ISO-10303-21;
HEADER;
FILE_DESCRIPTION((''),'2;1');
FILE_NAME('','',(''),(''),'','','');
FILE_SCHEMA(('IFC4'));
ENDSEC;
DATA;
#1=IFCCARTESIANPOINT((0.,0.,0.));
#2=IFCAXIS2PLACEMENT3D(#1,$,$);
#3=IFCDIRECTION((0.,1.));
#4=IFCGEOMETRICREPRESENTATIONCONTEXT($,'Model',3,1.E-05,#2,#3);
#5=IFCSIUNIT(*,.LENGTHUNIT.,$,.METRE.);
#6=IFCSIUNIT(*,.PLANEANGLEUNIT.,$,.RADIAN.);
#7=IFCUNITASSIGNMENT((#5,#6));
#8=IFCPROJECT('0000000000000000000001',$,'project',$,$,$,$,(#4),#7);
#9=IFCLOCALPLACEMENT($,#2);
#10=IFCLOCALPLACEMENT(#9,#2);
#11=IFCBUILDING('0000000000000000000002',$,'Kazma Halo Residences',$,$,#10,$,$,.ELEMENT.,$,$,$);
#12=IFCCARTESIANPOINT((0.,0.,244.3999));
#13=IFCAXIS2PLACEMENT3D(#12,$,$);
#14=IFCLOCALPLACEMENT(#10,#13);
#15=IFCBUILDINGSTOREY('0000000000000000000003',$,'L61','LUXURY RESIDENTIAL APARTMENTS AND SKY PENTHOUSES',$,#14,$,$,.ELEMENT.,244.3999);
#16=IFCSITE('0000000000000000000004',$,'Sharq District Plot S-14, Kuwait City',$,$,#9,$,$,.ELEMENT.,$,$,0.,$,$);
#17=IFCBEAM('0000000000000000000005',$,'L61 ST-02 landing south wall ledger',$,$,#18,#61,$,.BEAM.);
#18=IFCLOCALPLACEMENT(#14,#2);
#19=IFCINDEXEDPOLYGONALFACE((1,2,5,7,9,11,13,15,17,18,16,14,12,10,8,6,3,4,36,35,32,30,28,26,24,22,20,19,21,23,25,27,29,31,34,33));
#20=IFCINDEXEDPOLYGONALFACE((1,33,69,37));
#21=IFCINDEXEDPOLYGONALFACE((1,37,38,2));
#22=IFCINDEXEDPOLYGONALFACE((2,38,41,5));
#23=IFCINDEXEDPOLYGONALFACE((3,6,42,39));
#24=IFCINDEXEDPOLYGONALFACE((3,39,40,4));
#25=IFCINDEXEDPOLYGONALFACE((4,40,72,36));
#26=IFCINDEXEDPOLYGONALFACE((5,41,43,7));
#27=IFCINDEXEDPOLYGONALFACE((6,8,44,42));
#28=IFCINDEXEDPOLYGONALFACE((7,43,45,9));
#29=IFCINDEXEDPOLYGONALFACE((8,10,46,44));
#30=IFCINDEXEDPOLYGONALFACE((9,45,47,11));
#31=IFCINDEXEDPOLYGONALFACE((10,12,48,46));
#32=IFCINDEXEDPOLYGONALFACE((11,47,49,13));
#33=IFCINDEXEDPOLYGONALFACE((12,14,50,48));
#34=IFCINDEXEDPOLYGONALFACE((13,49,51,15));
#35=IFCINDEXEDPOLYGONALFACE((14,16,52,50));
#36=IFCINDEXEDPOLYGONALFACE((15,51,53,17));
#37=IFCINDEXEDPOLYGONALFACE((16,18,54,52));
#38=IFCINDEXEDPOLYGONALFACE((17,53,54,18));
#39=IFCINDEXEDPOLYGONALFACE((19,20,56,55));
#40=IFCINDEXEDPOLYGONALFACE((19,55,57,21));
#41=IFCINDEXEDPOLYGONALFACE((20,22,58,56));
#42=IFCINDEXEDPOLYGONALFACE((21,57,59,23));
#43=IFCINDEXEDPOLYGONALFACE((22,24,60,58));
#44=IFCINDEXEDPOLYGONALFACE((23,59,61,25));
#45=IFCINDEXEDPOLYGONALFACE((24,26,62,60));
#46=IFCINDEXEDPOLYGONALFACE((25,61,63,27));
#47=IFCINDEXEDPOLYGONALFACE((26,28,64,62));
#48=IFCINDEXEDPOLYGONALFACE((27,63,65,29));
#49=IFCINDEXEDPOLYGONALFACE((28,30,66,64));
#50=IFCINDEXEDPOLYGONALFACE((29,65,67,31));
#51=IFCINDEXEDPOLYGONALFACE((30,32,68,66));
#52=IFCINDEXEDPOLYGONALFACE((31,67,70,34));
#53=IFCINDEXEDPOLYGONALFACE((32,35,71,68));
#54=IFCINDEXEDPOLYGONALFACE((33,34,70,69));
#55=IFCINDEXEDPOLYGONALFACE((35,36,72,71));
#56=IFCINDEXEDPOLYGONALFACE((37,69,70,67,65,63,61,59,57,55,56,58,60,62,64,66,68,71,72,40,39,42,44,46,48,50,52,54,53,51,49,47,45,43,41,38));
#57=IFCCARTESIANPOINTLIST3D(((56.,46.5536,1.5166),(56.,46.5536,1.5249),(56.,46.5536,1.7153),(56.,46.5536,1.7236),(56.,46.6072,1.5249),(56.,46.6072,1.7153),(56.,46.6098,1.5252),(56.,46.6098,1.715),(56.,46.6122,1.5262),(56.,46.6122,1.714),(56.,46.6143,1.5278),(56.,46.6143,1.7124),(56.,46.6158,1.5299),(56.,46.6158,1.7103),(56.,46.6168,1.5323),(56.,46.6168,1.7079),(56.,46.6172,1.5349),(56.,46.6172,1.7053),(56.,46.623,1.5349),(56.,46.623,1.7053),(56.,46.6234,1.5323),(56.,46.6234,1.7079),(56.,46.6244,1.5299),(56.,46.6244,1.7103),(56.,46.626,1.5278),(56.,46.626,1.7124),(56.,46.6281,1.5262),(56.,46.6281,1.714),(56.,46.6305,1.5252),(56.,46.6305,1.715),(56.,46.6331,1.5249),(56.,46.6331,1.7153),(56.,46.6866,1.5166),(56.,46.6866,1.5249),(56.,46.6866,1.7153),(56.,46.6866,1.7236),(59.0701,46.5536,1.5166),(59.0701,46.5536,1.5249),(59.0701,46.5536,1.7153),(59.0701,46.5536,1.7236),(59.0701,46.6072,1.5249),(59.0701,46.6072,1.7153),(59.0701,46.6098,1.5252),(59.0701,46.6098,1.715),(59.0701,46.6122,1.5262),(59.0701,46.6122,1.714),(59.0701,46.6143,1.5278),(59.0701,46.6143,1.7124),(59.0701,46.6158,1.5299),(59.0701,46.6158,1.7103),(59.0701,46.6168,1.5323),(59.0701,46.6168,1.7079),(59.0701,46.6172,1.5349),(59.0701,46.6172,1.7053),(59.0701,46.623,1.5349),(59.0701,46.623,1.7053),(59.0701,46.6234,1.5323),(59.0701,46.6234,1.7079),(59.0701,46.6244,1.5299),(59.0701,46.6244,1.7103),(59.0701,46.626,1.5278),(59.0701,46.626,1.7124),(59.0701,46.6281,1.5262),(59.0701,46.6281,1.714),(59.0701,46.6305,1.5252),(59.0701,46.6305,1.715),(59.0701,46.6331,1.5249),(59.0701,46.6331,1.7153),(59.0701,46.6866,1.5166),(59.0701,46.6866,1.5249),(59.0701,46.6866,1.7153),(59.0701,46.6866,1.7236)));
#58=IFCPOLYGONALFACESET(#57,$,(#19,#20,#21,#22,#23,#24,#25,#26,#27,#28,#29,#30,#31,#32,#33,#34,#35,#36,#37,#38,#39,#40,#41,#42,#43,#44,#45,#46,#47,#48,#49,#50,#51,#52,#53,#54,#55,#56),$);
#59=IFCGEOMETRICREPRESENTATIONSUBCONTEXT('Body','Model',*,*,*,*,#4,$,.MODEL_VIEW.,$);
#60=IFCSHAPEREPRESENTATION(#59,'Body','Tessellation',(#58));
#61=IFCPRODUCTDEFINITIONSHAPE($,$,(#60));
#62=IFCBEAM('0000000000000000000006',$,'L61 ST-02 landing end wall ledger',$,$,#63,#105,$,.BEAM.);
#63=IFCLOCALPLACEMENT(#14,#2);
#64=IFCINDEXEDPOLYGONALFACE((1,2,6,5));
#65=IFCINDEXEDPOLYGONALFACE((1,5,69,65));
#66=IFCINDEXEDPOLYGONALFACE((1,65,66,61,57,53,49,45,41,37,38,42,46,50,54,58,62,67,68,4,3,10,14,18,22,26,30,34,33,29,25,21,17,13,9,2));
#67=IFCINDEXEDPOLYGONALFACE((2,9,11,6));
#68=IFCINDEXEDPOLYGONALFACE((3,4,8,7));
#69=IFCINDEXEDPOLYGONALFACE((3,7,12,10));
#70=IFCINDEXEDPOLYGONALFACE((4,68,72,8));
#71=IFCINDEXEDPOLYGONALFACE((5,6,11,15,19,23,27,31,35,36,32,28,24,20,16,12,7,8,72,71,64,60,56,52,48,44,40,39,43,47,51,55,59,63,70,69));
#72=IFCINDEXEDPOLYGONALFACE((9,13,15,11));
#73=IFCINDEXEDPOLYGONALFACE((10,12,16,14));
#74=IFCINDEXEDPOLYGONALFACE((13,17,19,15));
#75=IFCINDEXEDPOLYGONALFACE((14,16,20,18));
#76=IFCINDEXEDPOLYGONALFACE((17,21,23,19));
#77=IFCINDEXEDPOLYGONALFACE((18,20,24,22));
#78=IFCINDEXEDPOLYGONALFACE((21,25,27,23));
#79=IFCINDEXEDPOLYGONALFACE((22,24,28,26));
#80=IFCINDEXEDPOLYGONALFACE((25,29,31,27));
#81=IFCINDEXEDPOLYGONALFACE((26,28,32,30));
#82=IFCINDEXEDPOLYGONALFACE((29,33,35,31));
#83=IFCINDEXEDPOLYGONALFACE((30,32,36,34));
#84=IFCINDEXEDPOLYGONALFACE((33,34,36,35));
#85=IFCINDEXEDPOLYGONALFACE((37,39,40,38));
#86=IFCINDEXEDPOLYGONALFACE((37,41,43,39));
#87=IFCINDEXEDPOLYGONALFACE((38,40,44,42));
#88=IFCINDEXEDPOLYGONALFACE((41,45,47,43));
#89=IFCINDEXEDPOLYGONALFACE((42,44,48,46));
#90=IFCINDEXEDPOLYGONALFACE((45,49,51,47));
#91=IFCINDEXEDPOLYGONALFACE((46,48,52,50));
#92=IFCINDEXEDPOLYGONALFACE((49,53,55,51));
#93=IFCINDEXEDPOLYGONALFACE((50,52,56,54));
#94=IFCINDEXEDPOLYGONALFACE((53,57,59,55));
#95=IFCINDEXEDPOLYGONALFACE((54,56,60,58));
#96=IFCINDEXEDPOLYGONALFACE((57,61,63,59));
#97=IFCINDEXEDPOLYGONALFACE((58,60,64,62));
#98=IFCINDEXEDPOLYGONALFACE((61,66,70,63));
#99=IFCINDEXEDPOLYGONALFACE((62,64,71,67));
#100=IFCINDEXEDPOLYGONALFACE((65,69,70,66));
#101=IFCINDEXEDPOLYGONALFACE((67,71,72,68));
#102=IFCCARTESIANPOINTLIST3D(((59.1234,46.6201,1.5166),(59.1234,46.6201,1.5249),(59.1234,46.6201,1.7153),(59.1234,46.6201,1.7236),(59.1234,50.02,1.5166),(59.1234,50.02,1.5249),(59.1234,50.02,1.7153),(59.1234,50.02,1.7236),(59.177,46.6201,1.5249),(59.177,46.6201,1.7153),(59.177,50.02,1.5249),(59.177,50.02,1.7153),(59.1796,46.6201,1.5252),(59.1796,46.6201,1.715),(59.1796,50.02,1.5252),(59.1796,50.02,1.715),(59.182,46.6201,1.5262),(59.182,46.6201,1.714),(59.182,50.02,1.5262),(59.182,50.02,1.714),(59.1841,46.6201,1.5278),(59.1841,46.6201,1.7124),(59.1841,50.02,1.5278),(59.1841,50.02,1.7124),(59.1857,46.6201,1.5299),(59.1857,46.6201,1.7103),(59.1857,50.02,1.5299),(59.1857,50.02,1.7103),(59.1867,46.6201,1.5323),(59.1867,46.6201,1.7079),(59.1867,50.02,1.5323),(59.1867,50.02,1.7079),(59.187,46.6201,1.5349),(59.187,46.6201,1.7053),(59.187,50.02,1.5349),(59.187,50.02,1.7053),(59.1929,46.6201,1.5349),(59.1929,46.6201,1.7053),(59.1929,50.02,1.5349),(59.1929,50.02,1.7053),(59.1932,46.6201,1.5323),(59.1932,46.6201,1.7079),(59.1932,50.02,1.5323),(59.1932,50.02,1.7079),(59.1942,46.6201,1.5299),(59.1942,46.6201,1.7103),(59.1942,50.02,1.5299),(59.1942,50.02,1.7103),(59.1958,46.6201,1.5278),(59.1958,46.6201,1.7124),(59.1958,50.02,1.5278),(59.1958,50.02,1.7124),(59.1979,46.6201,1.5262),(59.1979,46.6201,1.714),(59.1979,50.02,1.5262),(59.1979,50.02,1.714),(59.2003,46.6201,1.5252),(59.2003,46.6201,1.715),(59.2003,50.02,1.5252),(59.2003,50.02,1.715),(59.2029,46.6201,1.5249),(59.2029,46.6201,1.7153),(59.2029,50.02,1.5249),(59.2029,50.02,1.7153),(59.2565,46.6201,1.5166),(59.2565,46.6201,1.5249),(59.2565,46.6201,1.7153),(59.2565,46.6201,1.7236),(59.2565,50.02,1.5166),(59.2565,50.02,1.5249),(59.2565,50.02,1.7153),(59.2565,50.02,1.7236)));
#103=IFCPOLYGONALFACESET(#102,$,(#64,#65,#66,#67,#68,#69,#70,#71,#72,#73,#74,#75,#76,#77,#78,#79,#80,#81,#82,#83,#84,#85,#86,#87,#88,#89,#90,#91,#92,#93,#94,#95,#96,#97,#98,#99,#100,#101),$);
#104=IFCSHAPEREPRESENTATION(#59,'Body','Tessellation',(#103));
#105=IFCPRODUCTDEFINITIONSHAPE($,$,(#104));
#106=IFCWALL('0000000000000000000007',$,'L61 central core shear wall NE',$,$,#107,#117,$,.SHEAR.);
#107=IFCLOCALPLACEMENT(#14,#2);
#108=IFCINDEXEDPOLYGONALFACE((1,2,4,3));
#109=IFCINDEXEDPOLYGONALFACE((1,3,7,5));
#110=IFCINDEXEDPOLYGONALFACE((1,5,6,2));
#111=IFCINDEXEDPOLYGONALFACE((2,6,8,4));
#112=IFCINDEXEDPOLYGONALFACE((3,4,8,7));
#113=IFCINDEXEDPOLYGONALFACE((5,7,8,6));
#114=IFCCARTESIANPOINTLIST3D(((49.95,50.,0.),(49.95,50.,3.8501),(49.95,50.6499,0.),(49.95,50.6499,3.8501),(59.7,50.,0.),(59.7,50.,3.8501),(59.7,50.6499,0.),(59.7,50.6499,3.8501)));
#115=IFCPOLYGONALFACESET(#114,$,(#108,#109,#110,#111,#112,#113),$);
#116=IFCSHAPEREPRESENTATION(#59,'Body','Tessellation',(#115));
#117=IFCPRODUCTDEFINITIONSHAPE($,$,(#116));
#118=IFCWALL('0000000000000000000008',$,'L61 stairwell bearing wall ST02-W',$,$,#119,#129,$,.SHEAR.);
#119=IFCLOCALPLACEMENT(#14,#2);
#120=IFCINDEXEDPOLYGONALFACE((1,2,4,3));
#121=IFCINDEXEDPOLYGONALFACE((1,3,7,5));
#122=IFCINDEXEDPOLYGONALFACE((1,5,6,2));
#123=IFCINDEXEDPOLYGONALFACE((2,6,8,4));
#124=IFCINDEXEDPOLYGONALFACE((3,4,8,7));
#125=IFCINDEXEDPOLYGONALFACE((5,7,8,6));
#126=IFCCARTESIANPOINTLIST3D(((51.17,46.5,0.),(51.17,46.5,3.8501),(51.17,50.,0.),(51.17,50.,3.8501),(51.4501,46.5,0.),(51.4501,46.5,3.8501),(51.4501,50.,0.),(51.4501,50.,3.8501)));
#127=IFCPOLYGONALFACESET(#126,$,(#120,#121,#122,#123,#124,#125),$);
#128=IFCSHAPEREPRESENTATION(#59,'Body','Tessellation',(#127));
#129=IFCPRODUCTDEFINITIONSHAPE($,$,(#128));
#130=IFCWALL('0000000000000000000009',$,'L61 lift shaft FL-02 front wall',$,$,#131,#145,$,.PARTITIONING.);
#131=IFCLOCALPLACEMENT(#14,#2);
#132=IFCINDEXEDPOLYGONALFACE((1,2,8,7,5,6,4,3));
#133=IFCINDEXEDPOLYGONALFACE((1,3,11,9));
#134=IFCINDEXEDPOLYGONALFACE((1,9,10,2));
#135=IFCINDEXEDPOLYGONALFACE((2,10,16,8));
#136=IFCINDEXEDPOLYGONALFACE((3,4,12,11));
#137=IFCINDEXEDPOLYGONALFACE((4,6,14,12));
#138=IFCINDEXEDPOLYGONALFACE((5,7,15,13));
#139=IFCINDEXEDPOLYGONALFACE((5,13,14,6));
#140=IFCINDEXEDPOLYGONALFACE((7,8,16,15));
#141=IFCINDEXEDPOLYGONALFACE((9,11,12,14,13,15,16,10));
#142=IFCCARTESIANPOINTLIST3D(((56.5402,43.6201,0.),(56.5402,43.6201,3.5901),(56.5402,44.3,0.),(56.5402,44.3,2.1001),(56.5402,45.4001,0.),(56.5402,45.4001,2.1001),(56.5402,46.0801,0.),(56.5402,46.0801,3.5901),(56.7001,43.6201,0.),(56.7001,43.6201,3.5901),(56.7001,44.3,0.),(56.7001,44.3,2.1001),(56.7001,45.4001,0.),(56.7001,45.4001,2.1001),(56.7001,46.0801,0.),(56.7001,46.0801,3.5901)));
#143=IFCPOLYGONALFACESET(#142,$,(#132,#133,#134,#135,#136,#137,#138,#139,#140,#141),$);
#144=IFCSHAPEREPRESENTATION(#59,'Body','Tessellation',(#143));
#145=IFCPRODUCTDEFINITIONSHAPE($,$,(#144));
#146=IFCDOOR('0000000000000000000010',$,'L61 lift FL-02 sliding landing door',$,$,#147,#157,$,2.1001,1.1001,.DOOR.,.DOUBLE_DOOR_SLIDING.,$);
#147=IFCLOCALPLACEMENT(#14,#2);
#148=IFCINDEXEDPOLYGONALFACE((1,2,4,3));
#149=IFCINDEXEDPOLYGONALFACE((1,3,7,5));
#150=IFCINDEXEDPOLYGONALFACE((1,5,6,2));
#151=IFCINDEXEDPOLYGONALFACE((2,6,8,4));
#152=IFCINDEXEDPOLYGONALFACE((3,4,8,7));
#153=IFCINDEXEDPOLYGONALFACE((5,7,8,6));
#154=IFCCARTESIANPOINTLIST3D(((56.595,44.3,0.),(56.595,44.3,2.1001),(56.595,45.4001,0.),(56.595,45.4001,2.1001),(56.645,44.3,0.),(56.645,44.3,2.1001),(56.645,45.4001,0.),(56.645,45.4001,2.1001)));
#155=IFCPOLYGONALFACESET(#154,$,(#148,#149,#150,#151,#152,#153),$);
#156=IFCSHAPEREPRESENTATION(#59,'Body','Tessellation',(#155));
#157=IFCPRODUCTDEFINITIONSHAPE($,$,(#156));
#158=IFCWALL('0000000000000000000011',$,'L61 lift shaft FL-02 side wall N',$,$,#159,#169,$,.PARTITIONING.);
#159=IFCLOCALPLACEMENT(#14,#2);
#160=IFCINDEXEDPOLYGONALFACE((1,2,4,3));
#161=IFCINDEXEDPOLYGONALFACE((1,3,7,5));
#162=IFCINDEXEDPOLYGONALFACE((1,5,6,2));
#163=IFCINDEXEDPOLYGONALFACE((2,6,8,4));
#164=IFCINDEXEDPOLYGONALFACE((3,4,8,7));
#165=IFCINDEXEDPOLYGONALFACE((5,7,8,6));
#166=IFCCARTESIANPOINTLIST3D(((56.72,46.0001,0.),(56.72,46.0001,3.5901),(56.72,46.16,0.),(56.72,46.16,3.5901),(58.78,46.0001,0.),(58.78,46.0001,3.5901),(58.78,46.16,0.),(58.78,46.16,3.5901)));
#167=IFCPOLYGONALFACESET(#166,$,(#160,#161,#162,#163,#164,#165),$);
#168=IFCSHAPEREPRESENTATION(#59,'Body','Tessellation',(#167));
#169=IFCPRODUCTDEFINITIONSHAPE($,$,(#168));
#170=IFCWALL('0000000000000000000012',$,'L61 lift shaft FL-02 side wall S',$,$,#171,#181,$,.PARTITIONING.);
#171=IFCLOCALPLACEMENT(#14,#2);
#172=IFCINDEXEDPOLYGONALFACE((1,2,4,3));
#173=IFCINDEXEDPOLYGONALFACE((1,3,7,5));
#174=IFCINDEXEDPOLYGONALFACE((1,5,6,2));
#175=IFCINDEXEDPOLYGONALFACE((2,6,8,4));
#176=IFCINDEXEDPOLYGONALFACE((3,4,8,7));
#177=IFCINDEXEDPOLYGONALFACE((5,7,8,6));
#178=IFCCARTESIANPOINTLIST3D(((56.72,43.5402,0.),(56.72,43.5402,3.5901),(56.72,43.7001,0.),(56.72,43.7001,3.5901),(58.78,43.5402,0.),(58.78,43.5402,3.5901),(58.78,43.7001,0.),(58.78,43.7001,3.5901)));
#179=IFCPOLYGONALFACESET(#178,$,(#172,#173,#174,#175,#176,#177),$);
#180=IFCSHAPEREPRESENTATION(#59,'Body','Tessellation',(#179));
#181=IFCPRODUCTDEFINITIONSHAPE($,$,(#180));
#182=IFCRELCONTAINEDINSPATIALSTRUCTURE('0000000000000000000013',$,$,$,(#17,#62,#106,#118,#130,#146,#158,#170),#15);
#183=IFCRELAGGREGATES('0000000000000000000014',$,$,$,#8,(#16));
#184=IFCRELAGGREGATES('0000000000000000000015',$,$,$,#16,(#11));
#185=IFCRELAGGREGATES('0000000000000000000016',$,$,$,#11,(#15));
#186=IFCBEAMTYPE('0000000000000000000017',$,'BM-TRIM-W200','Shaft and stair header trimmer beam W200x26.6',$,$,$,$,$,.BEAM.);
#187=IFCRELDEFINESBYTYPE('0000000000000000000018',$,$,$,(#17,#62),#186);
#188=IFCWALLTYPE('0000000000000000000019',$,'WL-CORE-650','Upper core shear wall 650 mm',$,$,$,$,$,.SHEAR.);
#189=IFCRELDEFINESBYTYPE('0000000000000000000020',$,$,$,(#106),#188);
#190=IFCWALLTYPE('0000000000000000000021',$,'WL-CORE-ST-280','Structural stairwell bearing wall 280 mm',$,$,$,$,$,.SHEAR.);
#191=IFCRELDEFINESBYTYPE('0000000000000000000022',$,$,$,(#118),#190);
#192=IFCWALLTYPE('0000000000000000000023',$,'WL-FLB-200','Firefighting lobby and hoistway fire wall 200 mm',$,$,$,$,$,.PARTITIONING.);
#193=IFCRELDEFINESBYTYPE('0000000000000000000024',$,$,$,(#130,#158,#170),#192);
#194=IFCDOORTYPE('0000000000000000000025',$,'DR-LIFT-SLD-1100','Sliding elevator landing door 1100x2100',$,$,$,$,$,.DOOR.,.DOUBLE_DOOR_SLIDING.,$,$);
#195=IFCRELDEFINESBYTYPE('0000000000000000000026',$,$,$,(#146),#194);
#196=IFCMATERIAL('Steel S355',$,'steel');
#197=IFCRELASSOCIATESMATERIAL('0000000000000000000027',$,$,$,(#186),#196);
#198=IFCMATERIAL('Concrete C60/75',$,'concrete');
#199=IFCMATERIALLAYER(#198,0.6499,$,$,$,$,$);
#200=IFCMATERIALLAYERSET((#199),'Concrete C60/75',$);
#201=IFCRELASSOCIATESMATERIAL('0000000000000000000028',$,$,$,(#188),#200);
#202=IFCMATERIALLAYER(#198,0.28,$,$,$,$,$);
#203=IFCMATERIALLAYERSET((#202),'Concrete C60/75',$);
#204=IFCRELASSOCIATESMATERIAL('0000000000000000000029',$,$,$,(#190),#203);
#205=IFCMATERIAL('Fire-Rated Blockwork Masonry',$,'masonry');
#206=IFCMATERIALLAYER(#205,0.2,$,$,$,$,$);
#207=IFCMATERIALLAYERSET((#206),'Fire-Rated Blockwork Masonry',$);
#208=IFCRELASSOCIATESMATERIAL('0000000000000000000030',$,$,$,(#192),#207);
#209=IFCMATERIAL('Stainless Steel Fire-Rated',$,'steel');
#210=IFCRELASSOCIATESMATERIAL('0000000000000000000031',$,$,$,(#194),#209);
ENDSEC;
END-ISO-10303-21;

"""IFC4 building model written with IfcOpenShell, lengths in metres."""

from ifc_helpers import new_model, si_unit, direction, frame, frame_2d, origin, origin_2d, place, context, subcontext, project, spatial, rectangle, i_section, extrude, material, layer, layer_set, material_profile, profile_set, type_object, element, fill, save


model = new_model("IFC4")

# Units and contexts
model_context = context("Model", 3, precision=1e-05, world=origin(), true_north=direction((0.0, 1.0)))
body_context = subcontext(model_context, "Body", "Model", "MODEL_VIEW")
ifc_project = project(units=[si_unit("LENGTHUNIT", "METRE"), si_unit("PLANEANGLEUNIT", "RADIAN")], contexts=[model_context])

# Site, building, storey
site_placement = place(None, origin())
site = spatial("IfcSite", under=ifc_project, at=site_placement, Name="Sharq District Plot S-14, Kuwait City", CompositionType="ELEMENT", RefElevation=0.0)
building_placement = place(site_placement, origin())
building = spatial("IfcBuilding", under=site, at=building_placement, Name="Kazma Halo Residences", CompositionType="ELEMENT")
storey_placement = place(building_placement, frame((0.0, 0.0, 244.3999)))
storey = spatial("IfcBuildingStorey", under=building, at=storey_placement, Name="L61", Description="LUXURY RESIDENTIAL APARTMENTS AND SKY PENTHOUSES", CompositionType="ELEMENT", Elevation=244.3999)

# Shared definitions
ifc_material_1 = material(Name="Steel S355", Category="steel")

# Beams
ifc_material_profile_1 = material_profile(ifc_material_1, i_section(OverallWidth=0.1331, OverallDepth=0.207, WebThickness=0.0059, FlangeThickness=0.0083, FilletRadius=0.01, at=origin_2d()), Name="W200x26.6")
ifc_profile_set_1 = profile_set([ifc_material_profile_1], Name="Steel S355")
beam_type_1 = type_object("IfcBeamType", Name="BM-TRIM-W200", Description="Shaft and stair header trimmer beam W200x26.6", PredefinedType="BEAM", material=ifc_profile_set_1)
beam_1_placement = place(storey_placement, frame((56.0, 46.6201, 1.6201), z_axis=(1.0, 0.0, 0.0), x_axis=(0.0, 1.0, 0.0)))
element("IfcBeam", 1, at=beam_1_placement, inside=storey, type_object=beam_type_1, Name="L61 ST-02 landing south wall ledger", PredefinedType="BEAM", context=body_context, shape_type="SweptSolid", body=[
    extrude(i_section(OverallWidth=0.1331, OverallDepth=0.207, WebThickness=0.0059, FlangeThickness=0.0083, FilletRadius=0.01, at=origin_2d()), origin(), (0.0, 0.0, 1.0), 3.0701),
])
beam_2_placement = place(storey_placement, frame((59.1899, 46.6201, 1.6201), z_axis=(0.0, 1.0, 0.0), x_axis=(-1.0, 0.0, 0.0)))
element("IfcBeam", 2, at=beam_2_placement, inside=storey, type_object=beam_type_1, Name="L61 ST-02 landing end wall ledger", PredefinedType="BEAM", context=body_context, shape_type="SweptSolid", body=[
    extrude(i_section(OverallWidth=0.1331, OverallDepth=0.207, WebThickness=0.0059, FlangeThickness=0.0083, FilletRadius=0.01, at=origin_2d()), origin(), (0.0, 0.0, 1.0), 3.3999),
])

# Walls
ifc_material_2 = material(Name="Concrete C60/75", Category="concrete")
ifc_layer_1 = layer(ifc_material_2, 0.6499)
ifc_layer_set_1 = layer_set([ifc_layer_1], Name="Concrete C60/75")
wall_type_1 = type_object("IfcWallType", Name="WL-CORE-650", Description="Upper core shear wall 650 mm", PredefinedType="SHEAR", material=ifc_layer_set_1)
wall_1_placement = place(storey_placement, frame((49.95, 50.325, 0.0), z_axis=(0.0, 0.0, 1.0), x_axis=(1.0, 0.0, 0.0)))
element("IfcWall", 3, at=wall_1_placement, inside=storey, type_object=wall_type_1, Name="L61 central core shear wall NE", PredefinedType="SHEAR", context=body_context, shape_type="SweptSolid", body=[
    extrude(rectangle(XDim=9.75, YDim=0.6499, at=frame_2d((4.875, 0.0))), origin(), (0.0, 0.0, 1.0), 3.8501),
])
ifc_layer_2 = layer(ifc_material_2, 0.28)
ifc_layer_set_2 = layer_set([ifc_layer_2], Name="Concrete C60/75")
wall_type_2 = type_object("IfcWallType", Name="WL-CORE-ST-280", Description="Structural stairwell bearing wall 280 mm", PredefinedType="SHEAR", material=ifc_layer_set_2)
wall_2_placement = place(storey_placement, frame((51.3101, 46.5, 0.0), z_axis=(0.0, 0.0, 1.0), x_axis=(0.0, 1.0, 0.0)))
element("IfcWall", 4, at=wall_2_placement, inside=storey, type_object=wall_type_2, Name="L61 stairwell bearing wall ST02-W", PredefinedType="SHEAR", context=body_context, shape_type="SweptSolid", body=[
    extrude(rectangle(XDim=3.5, YDim=0.28, at=frame_2d((1.75, 0.0))), origin(), (0.0, 0.0, 1.0), 3.8501),
])

# Wall, opening, door
ifc_material_3 = material(Name="Fire-Rated Blockwork Masonry", Category="masonry")
ifc_layer_3 = layer(ifc_material_3, 0.2)
ifc_layer_set_3 = layer_set([ifc_layer_3], Name="Fire-Rated Blockwork Masonry")
wall_type_3 = type_object("IfcWallType", Name="WL-FLB-200", Description="Firefighting lobby and hoistway fire wall 200 mm", PredefinedType="PARTITIONING", material=ifc_layer_set_3)
wall_3_placement = place(storey_placement, frame((56.6201, 46.0801, 0.0), z_axis=(0.0, 0.0, 1.0), x_axis=(0.0, -1.0, 0.0)))
wall_3 = element("IfcWall", 5, at=wall_3_placement, inside=storey, type_object=wall_type_3, Name="L61 lift shaft FL-02 front wall", PredefinedType="PARTITIONING", context=body_context, shape_type="SweptSolid", body=[
    extrude(rectangle(XDim=2.46, YDim=0.1599, at=frame_2d((1.23, 0.0))), origin(), (0.0, 0.0, 1.0), 3.5901),
])
opening_1_placement = place(wall_3_placement, frame((0.6799, 0.0, 0.0)))
opening_1 = element("IfcOpeningElement", 6, at=opening_1_placement, cuts=wall_3, PredefinedType="OPENING", context=body_context, shape_type="SweptSolid", body=[
    extrude(rectangle(XDim=1.1001, YDim=2.1001, at=frame_2d((0.55, 1.05))), frame((0.0, 0.0898, 0.0), z_axis=(0.0, -1.0, 0.0), x_axis=(1.0, 0.0, 0.0)), (0.0, 0.0, 1.0), 0.1799),
])
ifc_material_4 = material(Name="Stainless Steel Fire-Rated", Category="steel")
door_type_1 = type_object("IfcDoorType", Name="DR-LIFT-SLD-1100", Description="Sliding elevator landing door 1100x2100", OperationType="DOUBLE_DOOR_SLIDING", PredefinedType="DOOR", material=ifc_material_4)
door_1_placement = place(opening_1_placement, origin())
door_1 = element("IfcDoor", 7, at=door_1_placement, inside=storey, type_object=door_type_1, Name="L61 lift FL-02 sliding landing door", OperationType="DOUBLE_DOOR_SLIDING", OverallHeight=2.1001, OverallWidth=1.1001, PredefinedType="DOOR", context=body_context, shape_type="SweptSolid", body=[
    extrude(rectangle(XDim=1.1001, YDim=2.1001, at=frame_2d((0.55, 1.05))), frame((0.0, 0.0249, 0.0), z_axis=(0.0, -1.0, 0.0), x_axis=(1.0, 0.0, 0.0)), (0.0, 0.0, 1.0), 0.05),
])
fill(opening_1, door_1)

# Walls
for number, where, z_axis, x_axis, name in (
    (8, (56.72, 46.0801, 0.0), (0.0, 0.0, 1.0), (1.0, 0.0, 0.0), "L61 lift shaft FL-02 side wall N"),
    (9, (56.72, 43.6201, 0.0), (0.0, 0.0, 1.0), (1.0, 0.0, 0.0), "L61 lift shaft FL-02 side wall S"),
):
    element("IfcWall", number, at=place(storey_placement, frame(where, z_axis=z_axis, x_axis=x_axis)), inside=storey, type_object=wall_type_3, Name=name, PredefinedType="PARTITIONING", context=body_context, shape_type="SweptSolid", body=[
        extrude(rectangle(XDim=2.0601, YDim=0.1599, at=frame_2d((1.03, 0.0))), origin(), (0.0, 0.0, 1.0), 3.5901),
    ])

save(model, "model.ifc")
